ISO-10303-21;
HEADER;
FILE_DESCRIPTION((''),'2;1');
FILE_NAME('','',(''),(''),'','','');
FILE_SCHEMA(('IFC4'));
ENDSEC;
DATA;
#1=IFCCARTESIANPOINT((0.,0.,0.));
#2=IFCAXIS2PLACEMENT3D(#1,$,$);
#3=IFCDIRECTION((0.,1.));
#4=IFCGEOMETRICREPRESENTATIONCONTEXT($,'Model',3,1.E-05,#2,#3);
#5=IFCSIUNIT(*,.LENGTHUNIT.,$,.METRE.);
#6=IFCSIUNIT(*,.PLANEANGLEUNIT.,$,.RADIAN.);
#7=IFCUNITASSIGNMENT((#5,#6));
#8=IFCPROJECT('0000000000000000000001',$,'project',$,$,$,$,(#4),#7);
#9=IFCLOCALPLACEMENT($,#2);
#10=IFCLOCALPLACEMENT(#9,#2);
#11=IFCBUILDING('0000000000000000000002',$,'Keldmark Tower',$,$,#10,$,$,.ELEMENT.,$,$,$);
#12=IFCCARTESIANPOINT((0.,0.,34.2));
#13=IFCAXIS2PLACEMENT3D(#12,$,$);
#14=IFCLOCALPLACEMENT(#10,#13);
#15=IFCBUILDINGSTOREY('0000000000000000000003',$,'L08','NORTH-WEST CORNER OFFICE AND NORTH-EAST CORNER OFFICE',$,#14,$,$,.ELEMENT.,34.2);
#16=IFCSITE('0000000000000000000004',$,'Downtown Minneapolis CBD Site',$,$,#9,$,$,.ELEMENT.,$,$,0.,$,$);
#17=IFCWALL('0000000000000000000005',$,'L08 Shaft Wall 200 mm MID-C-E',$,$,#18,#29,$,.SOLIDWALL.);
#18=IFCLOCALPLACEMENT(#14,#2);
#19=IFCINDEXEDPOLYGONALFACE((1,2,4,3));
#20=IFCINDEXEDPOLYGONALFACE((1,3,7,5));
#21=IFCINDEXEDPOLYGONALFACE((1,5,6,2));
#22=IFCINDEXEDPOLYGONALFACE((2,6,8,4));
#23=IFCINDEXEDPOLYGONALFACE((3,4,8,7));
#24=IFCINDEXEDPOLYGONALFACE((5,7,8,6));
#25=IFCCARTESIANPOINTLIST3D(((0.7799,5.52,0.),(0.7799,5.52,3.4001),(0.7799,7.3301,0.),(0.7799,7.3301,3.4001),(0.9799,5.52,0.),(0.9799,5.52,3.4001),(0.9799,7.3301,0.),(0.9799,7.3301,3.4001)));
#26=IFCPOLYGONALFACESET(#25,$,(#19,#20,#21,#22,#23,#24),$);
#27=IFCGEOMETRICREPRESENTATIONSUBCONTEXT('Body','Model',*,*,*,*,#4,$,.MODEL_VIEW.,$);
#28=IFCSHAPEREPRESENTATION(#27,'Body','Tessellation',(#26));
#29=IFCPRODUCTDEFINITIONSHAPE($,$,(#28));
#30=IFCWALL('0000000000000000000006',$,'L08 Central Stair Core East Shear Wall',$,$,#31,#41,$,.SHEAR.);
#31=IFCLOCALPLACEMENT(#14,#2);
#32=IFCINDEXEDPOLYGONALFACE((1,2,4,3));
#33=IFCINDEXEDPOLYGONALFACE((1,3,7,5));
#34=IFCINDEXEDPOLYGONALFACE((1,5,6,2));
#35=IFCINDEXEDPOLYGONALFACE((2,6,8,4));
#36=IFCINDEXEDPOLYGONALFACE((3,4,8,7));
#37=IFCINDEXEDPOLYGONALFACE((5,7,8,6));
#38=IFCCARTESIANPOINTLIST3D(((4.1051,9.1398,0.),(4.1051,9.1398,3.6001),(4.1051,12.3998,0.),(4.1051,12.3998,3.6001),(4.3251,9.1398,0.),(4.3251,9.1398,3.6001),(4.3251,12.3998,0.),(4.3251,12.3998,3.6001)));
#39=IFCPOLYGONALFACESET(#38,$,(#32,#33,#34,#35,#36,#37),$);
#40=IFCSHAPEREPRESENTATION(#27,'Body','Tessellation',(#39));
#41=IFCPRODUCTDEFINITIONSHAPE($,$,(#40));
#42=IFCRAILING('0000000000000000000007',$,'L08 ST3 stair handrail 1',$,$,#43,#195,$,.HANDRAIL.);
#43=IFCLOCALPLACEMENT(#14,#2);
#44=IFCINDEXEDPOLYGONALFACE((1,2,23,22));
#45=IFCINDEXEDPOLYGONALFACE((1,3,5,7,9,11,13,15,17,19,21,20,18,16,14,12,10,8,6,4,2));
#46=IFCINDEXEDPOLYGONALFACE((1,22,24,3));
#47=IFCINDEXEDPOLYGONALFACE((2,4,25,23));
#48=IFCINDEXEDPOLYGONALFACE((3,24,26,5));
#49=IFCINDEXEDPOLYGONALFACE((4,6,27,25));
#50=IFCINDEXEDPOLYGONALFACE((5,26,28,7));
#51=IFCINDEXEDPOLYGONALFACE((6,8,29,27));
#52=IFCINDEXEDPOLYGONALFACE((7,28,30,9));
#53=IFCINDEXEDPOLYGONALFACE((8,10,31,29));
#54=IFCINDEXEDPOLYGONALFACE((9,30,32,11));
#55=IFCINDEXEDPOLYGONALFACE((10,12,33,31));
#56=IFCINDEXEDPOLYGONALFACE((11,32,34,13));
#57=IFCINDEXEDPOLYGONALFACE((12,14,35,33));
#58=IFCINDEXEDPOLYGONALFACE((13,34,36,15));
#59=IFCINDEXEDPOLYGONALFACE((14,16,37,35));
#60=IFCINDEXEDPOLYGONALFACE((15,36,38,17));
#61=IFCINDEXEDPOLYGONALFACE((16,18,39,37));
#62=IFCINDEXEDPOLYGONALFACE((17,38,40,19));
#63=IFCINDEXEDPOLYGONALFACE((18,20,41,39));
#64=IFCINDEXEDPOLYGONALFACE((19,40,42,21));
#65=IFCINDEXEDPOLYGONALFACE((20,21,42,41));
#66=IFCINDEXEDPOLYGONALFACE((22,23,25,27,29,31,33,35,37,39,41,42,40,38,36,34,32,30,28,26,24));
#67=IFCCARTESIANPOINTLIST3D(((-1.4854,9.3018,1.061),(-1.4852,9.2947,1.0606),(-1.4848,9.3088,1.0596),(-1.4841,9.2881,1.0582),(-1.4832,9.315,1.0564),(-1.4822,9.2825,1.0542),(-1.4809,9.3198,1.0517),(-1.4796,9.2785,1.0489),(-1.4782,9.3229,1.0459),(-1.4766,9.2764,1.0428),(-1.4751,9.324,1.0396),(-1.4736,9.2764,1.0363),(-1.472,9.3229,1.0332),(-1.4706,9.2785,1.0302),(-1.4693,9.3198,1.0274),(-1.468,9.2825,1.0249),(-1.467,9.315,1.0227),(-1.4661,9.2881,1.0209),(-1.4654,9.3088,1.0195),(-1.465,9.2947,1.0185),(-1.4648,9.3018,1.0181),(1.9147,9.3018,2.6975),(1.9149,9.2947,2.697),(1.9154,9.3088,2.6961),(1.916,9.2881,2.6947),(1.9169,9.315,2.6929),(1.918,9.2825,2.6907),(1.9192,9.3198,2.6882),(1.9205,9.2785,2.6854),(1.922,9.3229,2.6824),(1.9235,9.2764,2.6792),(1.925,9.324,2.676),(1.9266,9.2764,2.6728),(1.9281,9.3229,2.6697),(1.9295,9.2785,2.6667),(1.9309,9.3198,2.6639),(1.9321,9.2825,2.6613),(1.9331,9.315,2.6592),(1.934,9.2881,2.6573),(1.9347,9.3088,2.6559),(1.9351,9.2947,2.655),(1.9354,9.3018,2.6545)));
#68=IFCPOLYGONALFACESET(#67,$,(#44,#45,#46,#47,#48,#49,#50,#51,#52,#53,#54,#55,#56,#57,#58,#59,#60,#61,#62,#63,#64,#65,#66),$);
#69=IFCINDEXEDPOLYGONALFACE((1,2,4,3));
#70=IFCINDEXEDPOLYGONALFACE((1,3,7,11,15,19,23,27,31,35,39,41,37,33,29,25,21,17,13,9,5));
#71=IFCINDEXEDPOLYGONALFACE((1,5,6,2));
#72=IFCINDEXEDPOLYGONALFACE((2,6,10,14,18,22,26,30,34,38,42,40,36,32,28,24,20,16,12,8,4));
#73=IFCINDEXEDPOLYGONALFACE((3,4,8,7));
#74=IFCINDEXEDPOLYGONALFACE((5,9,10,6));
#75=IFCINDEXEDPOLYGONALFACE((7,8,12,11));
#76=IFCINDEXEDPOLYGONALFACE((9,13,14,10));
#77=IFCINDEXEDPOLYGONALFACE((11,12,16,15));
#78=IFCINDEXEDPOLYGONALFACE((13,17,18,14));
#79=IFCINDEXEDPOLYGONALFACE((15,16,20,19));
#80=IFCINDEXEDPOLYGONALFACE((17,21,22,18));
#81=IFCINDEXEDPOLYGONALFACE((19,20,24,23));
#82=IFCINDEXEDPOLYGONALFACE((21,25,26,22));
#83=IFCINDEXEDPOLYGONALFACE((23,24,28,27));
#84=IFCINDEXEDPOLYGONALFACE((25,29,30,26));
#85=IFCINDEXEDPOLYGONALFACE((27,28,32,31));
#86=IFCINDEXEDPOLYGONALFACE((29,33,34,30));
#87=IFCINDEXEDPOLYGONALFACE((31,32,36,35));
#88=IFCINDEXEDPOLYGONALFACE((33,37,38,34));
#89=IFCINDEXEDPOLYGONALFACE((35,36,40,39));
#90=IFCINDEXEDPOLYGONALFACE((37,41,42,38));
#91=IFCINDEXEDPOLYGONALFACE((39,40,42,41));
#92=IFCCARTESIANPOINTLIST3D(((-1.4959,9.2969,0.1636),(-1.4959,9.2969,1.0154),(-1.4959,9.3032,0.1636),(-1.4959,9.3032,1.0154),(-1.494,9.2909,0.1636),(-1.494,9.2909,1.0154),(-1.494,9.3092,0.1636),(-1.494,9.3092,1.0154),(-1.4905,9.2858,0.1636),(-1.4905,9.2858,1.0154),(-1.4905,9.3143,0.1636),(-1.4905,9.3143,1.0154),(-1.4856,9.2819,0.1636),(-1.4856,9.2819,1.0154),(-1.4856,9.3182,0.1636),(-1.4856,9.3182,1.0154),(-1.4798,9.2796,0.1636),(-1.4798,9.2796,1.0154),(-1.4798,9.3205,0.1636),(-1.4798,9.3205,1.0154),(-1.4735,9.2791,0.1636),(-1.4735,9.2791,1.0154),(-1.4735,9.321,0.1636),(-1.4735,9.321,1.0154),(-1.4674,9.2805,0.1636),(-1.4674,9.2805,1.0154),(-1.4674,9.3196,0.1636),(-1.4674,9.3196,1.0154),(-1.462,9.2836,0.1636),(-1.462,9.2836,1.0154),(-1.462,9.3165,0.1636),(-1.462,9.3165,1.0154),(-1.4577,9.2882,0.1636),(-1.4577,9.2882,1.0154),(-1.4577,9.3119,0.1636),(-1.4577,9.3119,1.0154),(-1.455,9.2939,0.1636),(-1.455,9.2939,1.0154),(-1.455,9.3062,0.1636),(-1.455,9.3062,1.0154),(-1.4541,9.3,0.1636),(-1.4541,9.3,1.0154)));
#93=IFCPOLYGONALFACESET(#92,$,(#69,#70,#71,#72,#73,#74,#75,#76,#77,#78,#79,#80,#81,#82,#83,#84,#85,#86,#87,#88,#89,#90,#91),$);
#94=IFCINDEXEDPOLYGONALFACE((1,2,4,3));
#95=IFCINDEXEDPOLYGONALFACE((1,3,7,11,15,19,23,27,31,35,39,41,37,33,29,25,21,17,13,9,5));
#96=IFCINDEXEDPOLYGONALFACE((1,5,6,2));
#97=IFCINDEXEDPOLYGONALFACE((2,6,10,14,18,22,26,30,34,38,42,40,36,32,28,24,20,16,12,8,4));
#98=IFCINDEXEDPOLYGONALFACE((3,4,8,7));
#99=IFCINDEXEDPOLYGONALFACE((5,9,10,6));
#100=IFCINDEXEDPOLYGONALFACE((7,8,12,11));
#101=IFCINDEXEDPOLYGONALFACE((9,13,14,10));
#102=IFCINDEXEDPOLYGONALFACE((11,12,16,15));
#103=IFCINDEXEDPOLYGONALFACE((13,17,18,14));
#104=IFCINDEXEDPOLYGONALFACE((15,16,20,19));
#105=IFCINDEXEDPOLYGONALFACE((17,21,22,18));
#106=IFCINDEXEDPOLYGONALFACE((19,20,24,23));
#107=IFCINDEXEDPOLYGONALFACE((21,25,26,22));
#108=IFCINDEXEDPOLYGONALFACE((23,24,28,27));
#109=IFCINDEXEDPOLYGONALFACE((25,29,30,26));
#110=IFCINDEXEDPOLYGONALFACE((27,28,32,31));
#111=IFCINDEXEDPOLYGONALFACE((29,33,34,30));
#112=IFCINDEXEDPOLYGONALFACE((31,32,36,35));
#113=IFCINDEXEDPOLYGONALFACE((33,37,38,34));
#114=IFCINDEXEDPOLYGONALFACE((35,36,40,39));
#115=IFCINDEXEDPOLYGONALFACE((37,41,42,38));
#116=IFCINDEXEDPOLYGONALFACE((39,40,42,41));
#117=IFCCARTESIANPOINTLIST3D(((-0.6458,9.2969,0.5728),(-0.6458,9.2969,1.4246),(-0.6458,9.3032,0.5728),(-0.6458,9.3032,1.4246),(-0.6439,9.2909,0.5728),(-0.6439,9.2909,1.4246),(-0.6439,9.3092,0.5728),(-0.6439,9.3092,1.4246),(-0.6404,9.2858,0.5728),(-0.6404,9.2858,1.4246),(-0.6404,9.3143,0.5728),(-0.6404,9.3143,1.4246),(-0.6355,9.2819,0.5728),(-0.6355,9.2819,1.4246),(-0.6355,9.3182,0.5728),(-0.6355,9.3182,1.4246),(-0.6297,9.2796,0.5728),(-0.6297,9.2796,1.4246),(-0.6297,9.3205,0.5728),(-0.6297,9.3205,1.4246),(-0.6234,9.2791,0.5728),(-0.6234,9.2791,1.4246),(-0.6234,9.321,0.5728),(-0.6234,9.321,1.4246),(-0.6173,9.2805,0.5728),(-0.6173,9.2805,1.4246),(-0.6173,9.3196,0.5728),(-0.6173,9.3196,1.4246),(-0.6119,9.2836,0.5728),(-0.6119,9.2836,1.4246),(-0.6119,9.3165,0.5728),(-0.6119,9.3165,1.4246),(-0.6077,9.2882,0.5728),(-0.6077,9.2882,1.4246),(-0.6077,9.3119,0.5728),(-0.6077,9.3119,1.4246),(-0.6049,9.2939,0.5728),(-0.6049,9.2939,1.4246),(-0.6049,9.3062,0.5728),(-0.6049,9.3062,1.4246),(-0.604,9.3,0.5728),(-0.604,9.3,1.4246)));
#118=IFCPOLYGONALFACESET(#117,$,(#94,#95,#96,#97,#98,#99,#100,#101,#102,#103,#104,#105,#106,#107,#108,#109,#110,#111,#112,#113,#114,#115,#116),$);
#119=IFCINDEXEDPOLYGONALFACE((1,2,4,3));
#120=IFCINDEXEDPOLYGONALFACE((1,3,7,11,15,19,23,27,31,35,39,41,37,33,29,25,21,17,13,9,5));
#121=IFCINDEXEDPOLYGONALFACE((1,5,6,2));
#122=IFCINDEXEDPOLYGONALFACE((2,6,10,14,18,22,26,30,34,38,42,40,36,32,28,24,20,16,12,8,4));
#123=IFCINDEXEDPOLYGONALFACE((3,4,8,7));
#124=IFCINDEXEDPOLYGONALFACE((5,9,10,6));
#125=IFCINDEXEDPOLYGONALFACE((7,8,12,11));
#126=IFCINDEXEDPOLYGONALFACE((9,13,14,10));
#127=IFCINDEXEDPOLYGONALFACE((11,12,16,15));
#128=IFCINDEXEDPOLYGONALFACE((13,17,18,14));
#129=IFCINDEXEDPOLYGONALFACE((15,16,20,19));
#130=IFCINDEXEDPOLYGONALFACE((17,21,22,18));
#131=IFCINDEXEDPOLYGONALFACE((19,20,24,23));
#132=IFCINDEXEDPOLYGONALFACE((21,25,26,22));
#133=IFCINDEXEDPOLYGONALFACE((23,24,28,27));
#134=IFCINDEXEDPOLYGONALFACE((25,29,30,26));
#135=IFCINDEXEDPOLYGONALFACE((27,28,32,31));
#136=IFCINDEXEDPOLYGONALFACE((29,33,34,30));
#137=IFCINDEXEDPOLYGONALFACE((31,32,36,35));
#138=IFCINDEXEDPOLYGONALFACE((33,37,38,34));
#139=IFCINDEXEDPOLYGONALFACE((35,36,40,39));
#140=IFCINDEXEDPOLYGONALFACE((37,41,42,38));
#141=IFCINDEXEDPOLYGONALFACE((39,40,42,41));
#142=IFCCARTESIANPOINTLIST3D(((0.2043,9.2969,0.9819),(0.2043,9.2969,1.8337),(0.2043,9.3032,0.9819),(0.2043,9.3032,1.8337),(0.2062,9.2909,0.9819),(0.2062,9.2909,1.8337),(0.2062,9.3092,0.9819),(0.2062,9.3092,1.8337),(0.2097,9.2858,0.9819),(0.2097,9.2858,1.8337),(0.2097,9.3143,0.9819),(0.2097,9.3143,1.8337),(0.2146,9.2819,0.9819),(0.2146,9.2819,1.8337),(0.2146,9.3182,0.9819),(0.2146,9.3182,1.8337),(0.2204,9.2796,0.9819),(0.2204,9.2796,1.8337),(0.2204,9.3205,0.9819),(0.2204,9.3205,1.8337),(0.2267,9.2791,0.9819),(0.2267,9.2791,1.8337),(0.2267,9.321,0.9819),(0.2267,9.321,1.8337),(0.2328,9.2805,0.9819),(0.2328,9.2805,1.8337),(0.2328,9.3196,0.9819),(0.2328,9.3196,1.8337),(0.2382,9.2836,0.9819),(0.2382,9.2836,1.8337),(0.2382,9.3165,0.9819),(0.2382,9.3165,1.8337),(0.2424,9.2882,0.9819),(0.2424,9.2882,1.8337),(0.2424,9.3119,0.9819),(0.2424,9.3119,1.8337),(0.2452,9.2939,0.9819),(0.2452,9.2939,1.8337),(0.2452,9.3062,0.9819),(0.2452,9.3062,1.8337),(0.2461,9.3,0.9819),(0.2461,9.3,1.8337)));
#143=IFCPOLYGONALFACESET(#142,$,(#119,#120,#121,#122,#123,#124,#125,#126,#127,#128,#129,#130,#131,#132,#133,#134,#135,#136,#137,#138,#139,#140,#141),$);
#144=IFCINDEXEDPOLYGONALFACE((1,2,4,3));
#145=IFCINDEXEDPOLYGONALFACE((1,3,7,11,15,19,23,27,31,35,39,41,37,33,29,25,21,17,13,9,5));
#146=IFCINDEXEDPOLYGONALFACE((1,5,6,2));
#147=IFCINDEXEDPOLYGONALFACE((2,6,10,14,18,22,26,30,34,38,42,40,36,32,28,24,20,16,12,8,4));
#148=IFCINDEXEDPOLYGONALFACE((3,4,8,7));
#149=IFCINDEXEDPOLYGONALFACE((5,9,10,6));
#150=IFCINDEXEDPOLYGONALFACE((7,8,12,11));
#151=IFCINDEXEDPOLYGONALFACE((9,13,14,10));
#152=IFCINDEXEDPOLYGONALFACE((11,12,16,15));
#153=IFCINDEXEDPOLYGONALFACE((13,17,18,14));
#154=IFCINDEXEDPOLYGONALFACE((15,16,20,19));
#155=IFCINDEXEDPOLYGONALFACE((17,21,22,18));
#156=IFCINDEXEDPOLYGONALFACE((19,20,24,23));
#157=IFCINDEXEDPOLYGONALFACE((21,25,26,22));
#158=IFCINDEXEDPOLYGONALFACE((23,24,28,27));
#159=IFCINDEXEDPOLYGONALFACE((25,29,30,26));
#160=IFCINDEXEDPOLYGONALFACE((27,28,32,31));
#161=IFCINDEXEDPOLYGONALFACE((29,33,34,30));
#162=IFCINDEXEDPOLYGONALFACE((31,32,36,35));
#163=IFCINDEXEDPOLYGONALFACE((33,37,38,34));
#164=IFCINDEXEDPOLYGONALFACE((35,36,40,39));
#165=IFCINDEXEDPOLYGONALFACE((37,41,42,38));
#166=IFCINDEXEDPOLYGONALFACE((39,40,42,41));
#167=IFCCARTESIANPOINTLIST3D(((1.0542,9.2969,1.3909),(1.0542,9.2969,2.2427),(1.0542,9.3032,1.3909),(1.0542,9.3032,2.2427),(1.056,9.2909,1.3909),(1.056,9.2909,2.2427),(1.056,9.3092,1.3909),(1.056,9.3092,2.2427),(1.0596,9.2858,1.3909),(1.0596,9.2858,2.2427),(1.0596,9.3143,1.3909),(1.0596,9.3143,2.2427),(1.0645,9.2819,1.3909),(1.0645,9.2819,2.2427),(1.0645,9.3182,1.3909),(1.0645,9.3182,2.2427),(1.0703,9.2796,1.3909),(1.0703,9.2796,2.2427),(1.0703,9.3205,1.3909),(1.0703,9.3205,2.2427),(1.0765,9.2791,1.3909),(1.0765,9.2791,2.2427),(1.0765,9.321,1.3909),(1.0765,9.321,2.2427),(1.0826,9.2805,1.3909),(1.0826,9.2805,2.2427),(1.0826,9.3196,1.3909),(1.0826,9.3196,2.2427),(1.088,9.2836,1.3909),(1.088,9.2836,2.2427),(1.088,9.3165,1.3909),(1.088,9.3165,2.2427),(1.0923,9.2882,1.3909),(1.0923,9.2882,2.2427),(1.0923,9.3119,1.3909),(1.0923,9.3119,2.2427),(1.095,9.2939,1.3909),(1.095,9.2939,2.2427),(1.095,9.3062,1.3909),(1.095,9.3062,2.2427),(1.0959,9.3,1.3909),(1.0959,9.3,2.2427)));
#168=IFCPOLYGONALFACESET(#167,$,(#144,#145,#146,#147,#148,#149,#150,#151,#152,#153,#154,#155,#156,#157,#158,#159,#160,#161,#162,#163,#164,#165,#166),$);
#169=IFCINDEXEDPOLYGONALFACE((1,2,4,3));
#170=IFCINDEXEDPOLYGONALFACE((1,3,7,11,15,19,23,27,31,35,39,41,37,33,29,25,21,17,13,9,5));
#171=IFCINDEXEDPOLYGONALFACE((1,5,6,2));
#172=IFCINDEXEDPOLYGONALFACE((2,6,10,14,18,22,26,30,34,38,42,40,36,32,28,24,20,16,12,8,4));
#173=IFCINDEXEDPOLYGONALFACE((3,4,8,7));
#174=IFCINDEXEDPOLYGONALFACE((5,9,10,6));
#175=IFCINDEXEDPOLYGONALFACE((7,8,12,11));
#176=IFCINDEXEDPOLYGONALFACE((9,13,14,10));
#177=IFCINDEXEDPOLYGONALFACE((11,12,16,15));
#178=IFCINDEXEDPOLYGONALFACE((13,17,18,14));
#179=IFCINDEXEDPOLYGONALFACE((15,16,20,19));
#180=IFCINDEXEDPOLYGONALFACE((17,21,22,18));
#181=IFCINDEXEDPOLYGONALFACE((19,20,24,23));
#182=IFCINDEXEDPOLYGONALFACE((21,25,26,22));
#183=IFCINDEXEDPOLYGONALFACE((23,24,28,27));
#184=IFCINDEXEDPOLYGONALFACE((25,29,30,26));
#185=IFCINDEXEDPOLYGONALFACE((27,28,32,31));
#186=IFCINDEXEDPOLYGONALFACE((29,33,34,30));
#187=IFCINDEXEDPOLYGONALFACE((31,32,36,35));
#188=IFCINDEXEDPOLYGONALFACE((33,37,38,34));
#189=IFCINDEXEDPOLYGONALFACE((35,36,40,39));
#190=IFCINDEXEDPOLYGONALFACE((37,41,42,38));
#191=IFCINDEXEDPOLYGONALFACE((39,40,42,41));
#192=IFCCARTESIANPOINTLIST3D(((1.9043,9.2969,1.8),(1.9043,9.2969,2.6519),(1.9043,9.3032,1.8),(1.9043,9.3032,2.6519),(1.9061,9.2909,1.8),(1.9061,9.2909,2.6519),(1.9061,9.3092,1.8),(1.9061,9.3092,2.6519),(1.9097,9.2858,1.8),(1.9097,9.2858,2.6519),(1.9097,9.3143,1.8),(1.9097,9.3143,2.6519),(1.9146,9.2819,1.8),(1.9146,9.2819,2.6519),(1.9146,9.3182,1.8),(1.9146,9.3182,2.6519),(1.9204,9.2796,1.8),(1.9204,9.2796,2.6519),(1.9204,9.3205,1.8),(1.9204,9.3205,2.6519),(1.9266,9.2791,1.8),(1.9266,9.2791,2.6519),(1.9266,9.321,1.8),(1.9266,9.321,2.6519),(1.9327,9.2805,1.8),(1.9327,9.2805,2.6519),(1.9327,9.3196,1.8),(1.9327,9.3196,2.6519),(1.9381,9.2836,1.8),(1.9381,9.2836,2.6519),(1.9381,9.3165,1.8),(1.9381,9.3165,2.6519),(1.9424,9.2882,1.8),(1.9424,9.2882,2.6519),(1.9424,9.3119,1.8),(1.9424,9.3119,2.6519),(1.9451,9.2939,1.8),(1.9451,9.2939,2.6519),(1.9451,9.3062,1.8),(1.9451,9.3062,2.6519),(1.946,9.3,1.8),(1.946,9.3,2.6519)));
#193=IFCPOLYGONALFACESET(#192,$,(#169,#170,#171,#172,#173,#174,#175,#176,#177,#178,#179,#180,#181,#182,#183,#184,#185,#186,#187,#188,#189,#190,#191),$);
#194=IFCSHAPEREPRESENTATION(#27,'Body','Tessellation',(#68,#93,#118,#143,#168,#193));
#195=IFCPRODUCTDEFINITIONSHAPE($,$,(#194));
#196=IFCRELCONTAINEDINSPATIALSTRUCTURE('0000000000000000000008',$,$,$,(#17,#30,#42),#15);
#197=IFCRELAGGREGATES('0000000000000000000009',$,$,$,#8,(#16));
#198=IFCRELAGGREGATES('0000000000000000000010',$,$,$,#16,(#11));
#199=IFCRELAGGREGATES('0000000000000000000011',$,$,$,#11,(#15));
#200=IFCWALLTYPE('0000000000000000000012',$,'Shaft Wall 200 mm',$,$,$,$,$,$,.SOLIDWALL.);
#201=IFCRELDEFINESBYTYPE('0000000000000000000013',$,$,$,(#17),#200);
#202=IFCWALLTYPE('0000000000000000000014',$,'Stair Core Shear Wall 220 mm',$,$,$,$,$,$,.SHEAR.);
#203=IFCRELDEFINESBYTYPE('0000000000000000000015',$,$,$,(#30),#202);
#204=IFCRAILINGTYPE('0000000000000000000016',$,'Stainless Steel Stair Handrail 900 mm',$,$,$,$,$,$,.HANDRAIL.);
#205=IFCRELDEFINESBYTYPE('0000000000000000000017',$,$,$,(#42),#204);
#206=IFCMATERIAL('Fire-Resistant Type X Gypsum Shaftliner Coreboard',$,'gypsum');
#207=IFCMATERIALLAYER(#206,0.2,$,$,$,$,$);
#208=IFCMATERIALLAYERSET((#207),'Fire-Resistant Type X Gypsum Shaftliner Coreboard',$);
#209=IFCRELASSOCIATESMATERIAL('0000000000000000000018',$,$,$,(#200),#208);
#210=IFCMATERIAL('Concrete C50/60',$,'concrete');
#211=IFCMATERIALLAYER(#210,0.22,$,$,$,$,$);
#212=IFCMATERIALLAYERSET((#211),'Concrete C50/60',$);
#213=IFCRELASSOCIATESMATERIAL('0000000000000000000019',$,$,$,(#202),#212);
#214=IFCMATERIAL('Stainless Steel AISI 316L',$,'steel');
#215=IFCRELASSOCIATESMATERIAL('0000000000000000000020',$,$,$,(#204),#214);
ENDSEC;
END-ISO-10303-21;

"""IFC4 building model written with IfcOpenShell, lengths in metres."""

from ifc_helpers import new_model, si_unit, direction, frame, frame_2d, origin, origin_2d, place, context, subcontext, project, spatial, rectangle, circle, extrude, material, layer, layer_set, type_object, element, save


model = new_model("IFC4")

# Units and contexts
model_context = context("Model", 3, precision=1e-05, world=origin(), true_north=direction((0.0, 1.0)))
body_context = subcontext(model_context, "Body", "Model", "MODEL_VIEW")
ifc_project = project(units=[si_unit("LENGTHUNIT", "METRE"), si_unit("PLANEANGLEUNIT", "RADIAN")], contexts=[model_context])

# Site, building, storey
site_placement = place(None, origin())
site = spatial("IfcSite", under=ifc_project, at=site_placement, Name="Downtown Minneapolis CBD Site", CompositionType="ELEMENT", RefElevation=0.0)
building_placement = place(site_placement, origin())
building = spatial("IfcBuilding", under=site, at=building_placement, Name="Keldmark Tower", CompositionType="ELEMENT")
storey_placement = place(building_placement, frame((0.0, 0.0, 34.2)))
storey = spatial("IfcBuildingStorey", under=building, at=storey_placement, Name="L08", Description="NORTH-WEST CORNER OFFICE AND NORTH-EAST CORNER OFFICE", CompositionType="ELEMENT", Elevation=34.2)

# Shared definitions
ifc_material_1 = material(Name="Fire-Resistant Type X Gypsum Shaftliner Coreboard", Category="gypsum")
ifc_layer_1 = layer(ifc_material_1, 0.2)
ifc_layer_set_1 = layer_set([ifc_layer_1], Name="Fire-Resistant Type X Gypsum Shaftliner Coreboard")
wall_type_1 = type_object("IfcWallType", Name="Shaft Wall 200 mm", PredefinedType="SOLIDWALL", material=ifc_layer_set_1)

# Walls
for number, where, z_axis, x_axis, name in (
    (1, (0.8799, 5.52, 0.0), (0.0, 0.0, 1.0), (0.0, 1.0, 0.0), "L08 Shaft Wall 200 mm MID-C-E"),
):
    element("IfcWall", number, at=place(storey_placement, frame(where, z_axis=z_axis, x_axis=x_axis)), inside=storey, type_object=wall_type_1, Name=name, PredefinedType="SOLIDWALL", context=body_context, shape_type="SweptSolid", body=[
        extrude(rectangle(XDim=1.8101, YDim=0.2, at=frame_2d((0.905, 0.0))), origin(), (0.0, 0.0, 1.0), 3.4001),
    ])
ifc_material_2 = material(Name="Concrete C50/60", Category="concrete")
ifc_layer_2 = layer(ifc_material_2, 0.22)
ifc_layer_set_2 = layer_set([ifc_layer_2], Name="Concrete C50/60")
wall_type_2 = type_object("IfcWallType", Name="Stair Core Shear Wall 220 mm", PredefinedType="SHEAR", material=ifc_layer_set_2)
wall_1_placement = place(storey_placement, frame((4.2151, 9.1399, 0.0), z_axis=(0.0, 0.0, 1.0), x_axis=(0.0, 1.0, 0.0)))
element("IfcWall", 2, at=wall_1_placement, inside=storey, type_object=wall_type_2, Name="L08 Central Stair Core East Shear Wall", PredefinedType="SHEAR", context=body_context, shape_type="SweptSolid", body=[
    extrude(rectangle(XDim=3.26, YDim=0.22, at=frame_2d((1.6299, 0.0))), origin(), (0.0, 0.0, 1.0), 3.6001),
])

# Railing
ifc_material_3 = material(Name="Stainless Steel AISI 316L", Category="steel")
railing_type = type_object("IfcRailingType", Name="Stainless Steel Stair Handrail 900 mm", PredefinedType="HANDRAIL", material=ifc_material_3)
railing_placement = place(storey_placement, frame((-1.4751, 9.3, 0.1636)))
element("IfcRailing", 3, at=railing_placement, inside=storey, type_object=railing_type, Name="L08 ST3 stair handrail 1", PredefinedType="HANDRAIL", context=body_context, shape_type="SweptSolid", body=[
    extrude(circle(Radius=0.0239, at=origin_2d()), frame((0.0, 0.0, 0.876), z_axis=(0.901067, 0.0, 0.433679), x_axis=(0.0, 1.0, 0.0)), (0.0, 0.0, 1.0), 3.7734),
    extrude(circle(Radius=0.021, at=origin_2d()), origin(), (0.0, 0.0, 1.0), 0.8518),
    extrude(circle(Radius=0.021, at=origin_2d()), frame((0.8501, 0.0, 0.4092)), (0.0, 0.0, 1.0), 0.8518),
    extrude(circle(Radius=0.021, at=origin_2d()), frame((1.7002, 0.0, 0.8184)), (0.0, 0.0, 1.0), 0.8518),
    extrude(circle(Radius=0.021, at=origin_2d()), frame((2.55, 0.0, 1.2273)), (0.0, 0.0, 1.0), 0.8518),
    extrude(circle(Radius=0.021, at=origin_2d()), frame((3.4001, 0.0, 1.6365)), (0.0, 0.0, 1.0), 0.8518),
])

save(model, "model.ifc")
